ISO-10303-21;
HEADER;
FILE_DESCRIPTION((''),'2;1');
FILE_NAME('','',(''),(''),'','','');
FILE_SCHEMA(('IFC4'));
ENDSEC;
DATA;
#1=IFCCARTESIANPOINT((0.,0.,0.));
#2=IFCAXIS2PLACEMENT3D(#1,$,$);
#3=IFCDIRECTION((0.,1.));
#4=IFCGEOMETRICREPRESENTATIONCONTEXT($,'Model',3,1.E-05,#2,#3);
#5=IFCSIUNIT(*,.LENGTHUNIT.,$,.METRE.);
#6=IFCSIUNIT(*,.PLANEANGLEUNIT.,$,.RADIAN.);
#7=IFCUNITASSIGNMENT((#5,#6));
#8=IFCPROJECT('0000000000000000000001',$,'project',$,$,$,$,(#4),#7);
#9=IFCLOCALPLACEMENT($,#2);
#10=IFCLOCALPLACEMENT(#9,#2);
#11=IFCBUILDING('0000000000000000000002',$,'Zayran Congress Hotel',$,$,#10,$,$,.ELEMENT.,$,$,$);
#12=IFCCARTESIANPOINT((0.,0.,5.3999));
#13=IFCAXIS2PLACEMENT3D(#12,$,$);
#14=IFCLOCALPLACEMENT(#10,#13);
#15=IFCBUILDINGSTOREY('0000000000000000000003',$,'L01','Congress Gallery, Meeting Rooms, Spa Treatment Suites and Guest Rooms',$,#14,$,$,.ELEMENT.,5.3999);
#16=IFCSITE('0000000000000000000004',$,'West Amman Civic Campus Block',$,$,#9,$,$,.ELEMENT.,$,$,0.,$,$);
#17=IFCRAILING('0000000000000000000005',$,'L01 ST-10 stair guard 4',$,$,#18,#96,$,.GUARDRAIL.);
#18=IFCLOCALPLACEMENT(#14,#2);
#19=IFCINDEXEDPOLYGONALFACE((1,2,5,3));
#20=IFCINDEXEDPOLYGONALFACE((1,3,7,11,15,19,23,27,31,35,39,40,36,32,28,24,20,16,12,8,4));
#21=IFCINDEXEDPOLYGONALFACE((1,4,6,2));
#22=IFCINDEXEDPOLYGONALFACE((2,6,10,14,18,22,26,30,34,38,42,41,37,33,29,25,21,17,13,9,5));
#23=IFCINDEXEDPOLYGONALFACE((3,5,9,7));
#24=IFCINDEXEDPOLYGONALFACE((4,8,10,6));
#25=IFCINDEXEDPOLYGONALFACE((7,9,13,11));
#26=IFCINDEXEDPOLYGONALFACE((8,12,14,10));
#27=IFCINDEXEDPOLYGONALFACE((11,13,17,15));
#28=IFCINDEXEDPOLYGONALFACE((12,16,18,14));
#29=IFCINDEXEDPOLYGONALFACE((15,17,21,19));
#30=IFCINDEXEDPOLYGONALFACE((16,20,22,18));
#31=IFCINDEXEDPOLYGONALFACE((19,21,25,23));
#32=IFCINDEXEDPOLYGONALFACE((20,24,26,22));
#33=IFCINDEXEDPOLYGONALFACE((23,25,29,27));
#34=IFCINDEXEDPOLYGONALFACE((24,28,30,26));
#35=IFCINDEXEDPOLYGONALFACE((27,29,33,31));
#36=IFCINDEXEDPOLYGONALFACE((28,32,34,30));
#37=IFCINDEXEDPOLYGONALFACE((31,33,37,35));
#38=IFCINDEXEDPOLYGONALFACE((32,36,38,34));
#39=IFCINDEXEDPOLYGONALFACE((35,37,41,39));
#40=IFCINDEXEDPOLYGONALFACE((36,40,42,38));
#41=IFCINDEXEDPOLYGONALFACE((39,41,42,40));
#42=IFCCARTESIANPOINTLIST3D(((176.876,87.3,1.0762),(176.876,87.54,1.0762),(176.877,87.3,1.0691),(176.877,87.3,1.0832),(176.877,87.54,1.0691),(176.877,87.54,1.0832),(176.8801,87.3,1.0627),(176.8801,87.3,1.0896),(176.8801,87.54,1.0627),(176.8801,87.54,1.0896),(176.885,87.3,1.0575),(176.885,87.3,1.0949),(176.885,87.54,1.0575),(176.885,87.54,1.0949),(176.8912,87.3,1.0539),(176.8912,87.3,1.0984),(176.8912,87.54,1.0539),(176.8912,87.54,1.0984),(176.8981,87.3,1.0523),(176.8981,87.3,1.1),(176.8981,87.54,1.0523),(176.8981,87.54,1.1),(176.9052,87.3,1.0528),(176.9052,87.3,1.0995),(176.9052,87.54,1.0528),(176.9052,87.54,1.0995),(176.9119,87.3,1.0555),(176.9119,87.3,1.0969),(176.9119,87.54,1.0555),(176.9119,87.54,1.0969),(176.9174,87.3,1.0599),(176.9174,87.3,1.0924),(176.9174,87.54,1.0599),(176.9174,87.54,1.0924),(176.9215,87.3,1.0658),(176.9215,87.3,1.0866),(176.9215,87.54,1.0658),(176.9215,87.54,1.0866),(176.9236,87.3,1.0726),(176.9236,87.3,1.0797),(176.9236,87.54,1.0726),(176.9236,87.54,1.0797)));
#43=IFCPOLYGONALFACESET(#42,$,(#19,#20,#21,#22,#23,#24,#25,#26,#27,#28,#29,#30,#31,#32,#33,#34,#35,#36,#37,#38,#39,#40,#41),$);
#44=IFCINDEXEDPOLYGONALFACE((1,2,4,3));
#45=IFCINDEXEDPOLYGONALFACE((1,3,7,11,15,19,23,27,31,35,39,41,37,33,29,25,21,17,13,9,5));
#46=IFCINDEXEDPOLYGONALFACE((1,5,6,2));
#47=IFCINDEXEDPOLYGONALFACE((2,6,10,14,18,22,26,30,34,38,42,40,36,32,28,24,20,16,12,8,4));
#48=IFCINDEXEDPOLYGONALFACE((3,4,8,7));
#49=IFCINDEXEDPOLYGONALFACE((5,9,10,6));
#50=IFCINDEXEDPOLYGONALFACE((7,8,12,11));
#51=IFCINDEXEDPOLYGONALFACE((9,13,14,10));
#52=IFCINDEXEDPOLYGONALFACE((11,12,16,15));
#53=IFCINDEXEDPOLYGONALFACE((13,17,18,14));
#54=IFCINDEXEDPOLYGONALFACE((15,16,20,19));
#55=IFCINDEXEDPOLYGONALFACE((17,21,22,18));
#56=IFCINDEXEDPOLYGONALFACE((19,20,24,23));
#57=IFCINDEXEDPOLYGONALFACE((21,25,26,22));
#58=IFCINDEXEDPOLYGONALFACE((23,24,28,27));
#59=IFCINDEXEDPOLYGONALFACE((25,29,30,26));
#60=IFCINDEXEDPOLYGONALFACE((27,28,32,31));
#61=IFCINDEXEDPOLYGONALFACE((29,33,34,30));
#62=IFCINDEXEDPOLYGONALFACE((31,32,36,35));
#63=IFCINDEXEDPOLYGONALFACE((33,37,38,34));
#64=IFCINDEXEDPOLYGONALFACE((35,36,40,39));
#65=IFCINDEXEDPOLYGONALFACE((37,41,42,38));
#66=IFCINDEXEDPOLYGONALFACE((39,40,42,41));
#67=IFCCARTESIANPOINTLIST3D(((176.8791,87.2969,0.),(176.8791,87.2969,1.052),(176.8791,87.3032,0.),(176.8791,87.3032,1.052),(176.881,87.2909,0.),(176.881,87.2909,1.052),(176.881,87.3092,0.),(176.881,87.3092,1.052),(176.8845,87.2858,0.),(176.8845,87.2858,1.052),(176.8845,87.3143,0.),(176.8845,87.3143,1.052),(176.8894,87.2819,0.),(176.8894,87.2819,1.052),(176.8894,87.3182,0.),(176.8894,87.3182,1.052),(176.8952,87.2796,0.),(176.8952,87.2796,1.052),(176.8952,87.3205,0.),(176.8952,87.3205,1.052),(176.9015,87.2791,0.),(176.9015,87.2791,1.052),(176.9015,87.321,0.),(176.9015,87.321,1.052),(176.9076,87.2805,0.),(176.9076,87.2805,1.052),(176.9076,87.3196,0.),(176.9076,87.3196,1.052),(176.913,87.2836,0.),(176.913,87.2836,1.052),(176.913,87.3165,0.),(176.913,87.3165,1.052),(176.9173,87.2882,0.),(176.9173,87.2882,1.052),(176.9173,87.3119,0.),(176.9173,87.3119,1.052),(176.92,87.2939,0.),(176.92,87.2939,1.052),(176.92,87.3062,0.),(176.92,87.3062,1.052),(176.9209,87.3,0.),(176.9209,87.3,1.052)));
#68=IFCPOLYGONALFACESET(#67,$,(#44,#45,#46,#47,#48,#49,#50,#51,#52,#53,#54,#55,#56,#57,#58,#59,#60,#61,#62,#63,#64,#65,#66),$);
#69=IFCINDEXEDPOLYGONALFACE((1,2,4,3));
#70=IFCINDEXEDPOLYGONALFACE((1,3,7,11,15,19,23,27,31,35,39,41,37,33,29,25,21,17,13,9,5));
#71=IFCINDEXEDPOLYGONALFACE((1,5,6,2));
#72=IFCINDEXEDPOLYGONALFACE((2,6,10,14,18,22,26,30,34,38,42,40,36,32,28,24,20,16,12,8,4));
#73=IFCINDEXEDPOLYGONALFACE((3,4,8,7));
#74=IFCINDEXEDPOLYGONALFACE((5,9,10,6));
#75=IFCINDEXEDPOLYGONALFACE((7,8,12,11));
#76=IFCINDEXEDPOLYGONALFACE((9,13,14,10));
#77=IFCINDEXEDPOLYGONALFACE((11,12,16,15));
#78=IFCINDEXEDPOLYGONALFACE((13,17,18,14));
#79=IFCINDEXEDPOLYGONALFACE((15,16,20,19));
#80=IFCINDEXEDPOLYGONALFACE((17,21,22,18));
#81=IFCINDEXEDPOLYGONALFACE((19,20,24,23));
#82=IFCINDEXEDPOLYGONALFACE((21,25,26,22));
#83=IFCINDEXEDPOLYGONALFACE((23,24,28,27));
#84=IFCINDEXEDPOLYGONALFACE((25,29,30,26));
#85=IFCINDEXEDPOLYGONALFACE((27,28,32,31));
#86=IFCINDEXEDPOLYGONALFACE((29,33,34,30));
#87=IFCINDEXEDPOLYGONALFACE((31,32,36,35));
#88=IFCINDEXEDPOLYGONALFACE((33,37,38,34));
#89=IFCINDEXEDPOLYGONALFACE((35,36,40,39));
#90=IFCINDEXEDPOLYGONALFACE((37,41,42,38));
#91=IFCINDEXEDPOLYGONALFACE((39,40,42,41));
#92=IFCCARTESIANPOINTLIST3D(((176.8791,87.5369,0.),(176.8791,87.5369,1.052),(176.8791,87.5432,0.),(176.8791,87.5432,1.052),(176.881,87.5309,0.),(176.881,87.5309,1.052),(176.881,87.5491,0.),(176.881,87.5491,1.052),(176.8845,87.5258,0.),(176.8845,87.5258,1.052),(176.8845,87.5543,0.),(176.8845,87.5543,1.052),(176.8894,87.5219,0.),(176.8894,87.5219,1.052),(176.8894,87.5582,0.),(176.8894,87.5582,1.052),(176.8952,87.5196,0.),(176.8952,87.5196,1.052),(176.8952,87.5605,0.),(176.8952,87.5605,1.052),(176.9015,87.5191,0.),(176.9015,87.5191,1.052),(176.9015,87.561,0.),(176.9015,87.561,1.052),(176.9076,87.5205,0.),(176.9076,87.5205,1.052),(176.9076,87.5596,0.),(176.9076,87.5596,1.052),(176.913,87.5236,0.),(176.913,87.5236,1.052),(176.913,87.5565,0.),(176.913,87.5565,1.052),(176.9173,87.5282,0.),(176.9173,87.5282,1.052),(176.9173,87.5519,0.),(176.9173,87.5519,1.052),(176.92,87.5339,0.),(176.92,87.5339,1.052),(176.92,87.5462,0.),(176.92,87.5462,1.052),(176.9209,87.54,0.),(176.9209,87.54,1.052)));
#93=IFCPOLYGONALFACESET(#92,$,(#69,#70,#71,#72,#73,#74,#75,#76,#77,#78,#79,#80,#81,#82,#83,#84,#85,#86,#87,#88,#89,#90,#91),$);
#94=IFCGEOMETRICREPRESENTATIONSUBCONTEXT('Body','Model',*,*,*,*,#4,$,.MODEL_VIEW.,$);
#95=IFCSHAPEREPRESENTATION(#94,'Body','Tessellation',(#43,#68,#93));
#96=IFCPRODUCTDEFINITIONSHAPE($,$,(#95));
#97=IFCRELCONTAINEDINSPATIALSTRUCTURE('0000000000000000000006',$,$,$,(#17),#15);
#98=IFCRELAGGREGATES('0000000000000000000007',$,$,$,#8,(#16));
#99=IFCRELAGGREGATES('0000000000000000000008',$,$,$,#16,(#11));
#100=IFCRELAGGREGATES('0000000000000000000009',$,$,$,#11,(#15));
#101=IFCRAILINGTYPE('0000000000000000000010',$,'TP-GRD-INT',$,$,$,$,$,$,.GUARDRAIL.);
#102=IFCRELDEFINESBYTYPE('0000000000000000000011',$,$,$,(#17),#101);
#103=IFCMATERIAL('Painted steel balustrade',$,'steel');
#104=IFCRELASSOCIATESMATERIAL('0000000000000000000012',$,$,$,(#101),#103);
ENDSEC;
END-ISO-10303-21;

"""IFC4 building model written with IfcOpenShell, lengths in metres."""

from ifc_helpers import new_model, si_unit, direction, frame, origin, origin_2d, place, context, subcontext, project, spatial, circle, extrude, material, type_object, element, save


model = new_model("IFC4")

# Units and contexts
model_context = context("Model", 3, precision=1e-05, world=origin(), true_north=direction((0.0, 1.0)))
body_context = subcontext(model_context, "Body", "Model", "MODEL_VIEW")
ifc_project = project(units=[si_unit("LENGTHUNIT", "METRE"), si_unit("PLANEANGLEUNIT", "RADIAN")], contexts=[model_context])

# Site, building, storey
site_placement = place(None, origin())
site = spatial("IfcSite", under=ifc_project, at=site_placement, Name="West Amman Civic Campus Block", CompositionType="ELEMENT", RefElevation=0.0)
building_placement = place(site_placement, origin())
building = spatial("IfcBuilding", under=site, at=building_placement, Name="Zayran Congress Hotel", CompositionType="ELEMENT")
storey_placement = place(building_placement, frame((0.0, 0.0, 5.3999)))
storey = spatial("IfcBuildingStorey", under=building, at=storey_placement, Name="L01", Description="Congress Gallery, Meeting Rooms, Spa Treatment Suites and Guest Rooms", CompositionType="ELEMENT", Elevation=5.3999)

# Railing
ifc_material_1 = material(Name="Painted steel balustrade", Category="steel")
railing_type_1 = type_object("IfcRailingType", Name="TP-GRD-INT", PredefinedType="GUARDRAIL", material=ifc_material_1)
railing_1_placement = place(storey_placement, frame((176.8999, 87.3, 0.0)))
element("IfcRailing", 1, at=railing_1_placement, inside=storey, type_object=railing_type_1, Name="L01 ST-10 stair guard 4", PredefinedType="GUARDRAIL", context=body_context, shape_type="SweptSolid", body=[
    extrude(circle(Radius=0.0239, at=origin_2d()), frame((0.0, 0.0, 1.0762), z_axis=(0.0, 1.0, 0.0), x_axis=(-1.0, 0.0, 0.0)), (0.0, 0.0, 1.0), 0.24),
    extrude(circle(Radius=0.021, at=origin_2d()), origin(), (0.0, 0.0, 1.0), 1.052),
    extrude(circle(Radius=0.021, at=origin_2d()), frame((0.0, 0.24, 0.0)), (0.0, 0.0, 1.0), 1.052),
])

save(model, "model.ifc")
